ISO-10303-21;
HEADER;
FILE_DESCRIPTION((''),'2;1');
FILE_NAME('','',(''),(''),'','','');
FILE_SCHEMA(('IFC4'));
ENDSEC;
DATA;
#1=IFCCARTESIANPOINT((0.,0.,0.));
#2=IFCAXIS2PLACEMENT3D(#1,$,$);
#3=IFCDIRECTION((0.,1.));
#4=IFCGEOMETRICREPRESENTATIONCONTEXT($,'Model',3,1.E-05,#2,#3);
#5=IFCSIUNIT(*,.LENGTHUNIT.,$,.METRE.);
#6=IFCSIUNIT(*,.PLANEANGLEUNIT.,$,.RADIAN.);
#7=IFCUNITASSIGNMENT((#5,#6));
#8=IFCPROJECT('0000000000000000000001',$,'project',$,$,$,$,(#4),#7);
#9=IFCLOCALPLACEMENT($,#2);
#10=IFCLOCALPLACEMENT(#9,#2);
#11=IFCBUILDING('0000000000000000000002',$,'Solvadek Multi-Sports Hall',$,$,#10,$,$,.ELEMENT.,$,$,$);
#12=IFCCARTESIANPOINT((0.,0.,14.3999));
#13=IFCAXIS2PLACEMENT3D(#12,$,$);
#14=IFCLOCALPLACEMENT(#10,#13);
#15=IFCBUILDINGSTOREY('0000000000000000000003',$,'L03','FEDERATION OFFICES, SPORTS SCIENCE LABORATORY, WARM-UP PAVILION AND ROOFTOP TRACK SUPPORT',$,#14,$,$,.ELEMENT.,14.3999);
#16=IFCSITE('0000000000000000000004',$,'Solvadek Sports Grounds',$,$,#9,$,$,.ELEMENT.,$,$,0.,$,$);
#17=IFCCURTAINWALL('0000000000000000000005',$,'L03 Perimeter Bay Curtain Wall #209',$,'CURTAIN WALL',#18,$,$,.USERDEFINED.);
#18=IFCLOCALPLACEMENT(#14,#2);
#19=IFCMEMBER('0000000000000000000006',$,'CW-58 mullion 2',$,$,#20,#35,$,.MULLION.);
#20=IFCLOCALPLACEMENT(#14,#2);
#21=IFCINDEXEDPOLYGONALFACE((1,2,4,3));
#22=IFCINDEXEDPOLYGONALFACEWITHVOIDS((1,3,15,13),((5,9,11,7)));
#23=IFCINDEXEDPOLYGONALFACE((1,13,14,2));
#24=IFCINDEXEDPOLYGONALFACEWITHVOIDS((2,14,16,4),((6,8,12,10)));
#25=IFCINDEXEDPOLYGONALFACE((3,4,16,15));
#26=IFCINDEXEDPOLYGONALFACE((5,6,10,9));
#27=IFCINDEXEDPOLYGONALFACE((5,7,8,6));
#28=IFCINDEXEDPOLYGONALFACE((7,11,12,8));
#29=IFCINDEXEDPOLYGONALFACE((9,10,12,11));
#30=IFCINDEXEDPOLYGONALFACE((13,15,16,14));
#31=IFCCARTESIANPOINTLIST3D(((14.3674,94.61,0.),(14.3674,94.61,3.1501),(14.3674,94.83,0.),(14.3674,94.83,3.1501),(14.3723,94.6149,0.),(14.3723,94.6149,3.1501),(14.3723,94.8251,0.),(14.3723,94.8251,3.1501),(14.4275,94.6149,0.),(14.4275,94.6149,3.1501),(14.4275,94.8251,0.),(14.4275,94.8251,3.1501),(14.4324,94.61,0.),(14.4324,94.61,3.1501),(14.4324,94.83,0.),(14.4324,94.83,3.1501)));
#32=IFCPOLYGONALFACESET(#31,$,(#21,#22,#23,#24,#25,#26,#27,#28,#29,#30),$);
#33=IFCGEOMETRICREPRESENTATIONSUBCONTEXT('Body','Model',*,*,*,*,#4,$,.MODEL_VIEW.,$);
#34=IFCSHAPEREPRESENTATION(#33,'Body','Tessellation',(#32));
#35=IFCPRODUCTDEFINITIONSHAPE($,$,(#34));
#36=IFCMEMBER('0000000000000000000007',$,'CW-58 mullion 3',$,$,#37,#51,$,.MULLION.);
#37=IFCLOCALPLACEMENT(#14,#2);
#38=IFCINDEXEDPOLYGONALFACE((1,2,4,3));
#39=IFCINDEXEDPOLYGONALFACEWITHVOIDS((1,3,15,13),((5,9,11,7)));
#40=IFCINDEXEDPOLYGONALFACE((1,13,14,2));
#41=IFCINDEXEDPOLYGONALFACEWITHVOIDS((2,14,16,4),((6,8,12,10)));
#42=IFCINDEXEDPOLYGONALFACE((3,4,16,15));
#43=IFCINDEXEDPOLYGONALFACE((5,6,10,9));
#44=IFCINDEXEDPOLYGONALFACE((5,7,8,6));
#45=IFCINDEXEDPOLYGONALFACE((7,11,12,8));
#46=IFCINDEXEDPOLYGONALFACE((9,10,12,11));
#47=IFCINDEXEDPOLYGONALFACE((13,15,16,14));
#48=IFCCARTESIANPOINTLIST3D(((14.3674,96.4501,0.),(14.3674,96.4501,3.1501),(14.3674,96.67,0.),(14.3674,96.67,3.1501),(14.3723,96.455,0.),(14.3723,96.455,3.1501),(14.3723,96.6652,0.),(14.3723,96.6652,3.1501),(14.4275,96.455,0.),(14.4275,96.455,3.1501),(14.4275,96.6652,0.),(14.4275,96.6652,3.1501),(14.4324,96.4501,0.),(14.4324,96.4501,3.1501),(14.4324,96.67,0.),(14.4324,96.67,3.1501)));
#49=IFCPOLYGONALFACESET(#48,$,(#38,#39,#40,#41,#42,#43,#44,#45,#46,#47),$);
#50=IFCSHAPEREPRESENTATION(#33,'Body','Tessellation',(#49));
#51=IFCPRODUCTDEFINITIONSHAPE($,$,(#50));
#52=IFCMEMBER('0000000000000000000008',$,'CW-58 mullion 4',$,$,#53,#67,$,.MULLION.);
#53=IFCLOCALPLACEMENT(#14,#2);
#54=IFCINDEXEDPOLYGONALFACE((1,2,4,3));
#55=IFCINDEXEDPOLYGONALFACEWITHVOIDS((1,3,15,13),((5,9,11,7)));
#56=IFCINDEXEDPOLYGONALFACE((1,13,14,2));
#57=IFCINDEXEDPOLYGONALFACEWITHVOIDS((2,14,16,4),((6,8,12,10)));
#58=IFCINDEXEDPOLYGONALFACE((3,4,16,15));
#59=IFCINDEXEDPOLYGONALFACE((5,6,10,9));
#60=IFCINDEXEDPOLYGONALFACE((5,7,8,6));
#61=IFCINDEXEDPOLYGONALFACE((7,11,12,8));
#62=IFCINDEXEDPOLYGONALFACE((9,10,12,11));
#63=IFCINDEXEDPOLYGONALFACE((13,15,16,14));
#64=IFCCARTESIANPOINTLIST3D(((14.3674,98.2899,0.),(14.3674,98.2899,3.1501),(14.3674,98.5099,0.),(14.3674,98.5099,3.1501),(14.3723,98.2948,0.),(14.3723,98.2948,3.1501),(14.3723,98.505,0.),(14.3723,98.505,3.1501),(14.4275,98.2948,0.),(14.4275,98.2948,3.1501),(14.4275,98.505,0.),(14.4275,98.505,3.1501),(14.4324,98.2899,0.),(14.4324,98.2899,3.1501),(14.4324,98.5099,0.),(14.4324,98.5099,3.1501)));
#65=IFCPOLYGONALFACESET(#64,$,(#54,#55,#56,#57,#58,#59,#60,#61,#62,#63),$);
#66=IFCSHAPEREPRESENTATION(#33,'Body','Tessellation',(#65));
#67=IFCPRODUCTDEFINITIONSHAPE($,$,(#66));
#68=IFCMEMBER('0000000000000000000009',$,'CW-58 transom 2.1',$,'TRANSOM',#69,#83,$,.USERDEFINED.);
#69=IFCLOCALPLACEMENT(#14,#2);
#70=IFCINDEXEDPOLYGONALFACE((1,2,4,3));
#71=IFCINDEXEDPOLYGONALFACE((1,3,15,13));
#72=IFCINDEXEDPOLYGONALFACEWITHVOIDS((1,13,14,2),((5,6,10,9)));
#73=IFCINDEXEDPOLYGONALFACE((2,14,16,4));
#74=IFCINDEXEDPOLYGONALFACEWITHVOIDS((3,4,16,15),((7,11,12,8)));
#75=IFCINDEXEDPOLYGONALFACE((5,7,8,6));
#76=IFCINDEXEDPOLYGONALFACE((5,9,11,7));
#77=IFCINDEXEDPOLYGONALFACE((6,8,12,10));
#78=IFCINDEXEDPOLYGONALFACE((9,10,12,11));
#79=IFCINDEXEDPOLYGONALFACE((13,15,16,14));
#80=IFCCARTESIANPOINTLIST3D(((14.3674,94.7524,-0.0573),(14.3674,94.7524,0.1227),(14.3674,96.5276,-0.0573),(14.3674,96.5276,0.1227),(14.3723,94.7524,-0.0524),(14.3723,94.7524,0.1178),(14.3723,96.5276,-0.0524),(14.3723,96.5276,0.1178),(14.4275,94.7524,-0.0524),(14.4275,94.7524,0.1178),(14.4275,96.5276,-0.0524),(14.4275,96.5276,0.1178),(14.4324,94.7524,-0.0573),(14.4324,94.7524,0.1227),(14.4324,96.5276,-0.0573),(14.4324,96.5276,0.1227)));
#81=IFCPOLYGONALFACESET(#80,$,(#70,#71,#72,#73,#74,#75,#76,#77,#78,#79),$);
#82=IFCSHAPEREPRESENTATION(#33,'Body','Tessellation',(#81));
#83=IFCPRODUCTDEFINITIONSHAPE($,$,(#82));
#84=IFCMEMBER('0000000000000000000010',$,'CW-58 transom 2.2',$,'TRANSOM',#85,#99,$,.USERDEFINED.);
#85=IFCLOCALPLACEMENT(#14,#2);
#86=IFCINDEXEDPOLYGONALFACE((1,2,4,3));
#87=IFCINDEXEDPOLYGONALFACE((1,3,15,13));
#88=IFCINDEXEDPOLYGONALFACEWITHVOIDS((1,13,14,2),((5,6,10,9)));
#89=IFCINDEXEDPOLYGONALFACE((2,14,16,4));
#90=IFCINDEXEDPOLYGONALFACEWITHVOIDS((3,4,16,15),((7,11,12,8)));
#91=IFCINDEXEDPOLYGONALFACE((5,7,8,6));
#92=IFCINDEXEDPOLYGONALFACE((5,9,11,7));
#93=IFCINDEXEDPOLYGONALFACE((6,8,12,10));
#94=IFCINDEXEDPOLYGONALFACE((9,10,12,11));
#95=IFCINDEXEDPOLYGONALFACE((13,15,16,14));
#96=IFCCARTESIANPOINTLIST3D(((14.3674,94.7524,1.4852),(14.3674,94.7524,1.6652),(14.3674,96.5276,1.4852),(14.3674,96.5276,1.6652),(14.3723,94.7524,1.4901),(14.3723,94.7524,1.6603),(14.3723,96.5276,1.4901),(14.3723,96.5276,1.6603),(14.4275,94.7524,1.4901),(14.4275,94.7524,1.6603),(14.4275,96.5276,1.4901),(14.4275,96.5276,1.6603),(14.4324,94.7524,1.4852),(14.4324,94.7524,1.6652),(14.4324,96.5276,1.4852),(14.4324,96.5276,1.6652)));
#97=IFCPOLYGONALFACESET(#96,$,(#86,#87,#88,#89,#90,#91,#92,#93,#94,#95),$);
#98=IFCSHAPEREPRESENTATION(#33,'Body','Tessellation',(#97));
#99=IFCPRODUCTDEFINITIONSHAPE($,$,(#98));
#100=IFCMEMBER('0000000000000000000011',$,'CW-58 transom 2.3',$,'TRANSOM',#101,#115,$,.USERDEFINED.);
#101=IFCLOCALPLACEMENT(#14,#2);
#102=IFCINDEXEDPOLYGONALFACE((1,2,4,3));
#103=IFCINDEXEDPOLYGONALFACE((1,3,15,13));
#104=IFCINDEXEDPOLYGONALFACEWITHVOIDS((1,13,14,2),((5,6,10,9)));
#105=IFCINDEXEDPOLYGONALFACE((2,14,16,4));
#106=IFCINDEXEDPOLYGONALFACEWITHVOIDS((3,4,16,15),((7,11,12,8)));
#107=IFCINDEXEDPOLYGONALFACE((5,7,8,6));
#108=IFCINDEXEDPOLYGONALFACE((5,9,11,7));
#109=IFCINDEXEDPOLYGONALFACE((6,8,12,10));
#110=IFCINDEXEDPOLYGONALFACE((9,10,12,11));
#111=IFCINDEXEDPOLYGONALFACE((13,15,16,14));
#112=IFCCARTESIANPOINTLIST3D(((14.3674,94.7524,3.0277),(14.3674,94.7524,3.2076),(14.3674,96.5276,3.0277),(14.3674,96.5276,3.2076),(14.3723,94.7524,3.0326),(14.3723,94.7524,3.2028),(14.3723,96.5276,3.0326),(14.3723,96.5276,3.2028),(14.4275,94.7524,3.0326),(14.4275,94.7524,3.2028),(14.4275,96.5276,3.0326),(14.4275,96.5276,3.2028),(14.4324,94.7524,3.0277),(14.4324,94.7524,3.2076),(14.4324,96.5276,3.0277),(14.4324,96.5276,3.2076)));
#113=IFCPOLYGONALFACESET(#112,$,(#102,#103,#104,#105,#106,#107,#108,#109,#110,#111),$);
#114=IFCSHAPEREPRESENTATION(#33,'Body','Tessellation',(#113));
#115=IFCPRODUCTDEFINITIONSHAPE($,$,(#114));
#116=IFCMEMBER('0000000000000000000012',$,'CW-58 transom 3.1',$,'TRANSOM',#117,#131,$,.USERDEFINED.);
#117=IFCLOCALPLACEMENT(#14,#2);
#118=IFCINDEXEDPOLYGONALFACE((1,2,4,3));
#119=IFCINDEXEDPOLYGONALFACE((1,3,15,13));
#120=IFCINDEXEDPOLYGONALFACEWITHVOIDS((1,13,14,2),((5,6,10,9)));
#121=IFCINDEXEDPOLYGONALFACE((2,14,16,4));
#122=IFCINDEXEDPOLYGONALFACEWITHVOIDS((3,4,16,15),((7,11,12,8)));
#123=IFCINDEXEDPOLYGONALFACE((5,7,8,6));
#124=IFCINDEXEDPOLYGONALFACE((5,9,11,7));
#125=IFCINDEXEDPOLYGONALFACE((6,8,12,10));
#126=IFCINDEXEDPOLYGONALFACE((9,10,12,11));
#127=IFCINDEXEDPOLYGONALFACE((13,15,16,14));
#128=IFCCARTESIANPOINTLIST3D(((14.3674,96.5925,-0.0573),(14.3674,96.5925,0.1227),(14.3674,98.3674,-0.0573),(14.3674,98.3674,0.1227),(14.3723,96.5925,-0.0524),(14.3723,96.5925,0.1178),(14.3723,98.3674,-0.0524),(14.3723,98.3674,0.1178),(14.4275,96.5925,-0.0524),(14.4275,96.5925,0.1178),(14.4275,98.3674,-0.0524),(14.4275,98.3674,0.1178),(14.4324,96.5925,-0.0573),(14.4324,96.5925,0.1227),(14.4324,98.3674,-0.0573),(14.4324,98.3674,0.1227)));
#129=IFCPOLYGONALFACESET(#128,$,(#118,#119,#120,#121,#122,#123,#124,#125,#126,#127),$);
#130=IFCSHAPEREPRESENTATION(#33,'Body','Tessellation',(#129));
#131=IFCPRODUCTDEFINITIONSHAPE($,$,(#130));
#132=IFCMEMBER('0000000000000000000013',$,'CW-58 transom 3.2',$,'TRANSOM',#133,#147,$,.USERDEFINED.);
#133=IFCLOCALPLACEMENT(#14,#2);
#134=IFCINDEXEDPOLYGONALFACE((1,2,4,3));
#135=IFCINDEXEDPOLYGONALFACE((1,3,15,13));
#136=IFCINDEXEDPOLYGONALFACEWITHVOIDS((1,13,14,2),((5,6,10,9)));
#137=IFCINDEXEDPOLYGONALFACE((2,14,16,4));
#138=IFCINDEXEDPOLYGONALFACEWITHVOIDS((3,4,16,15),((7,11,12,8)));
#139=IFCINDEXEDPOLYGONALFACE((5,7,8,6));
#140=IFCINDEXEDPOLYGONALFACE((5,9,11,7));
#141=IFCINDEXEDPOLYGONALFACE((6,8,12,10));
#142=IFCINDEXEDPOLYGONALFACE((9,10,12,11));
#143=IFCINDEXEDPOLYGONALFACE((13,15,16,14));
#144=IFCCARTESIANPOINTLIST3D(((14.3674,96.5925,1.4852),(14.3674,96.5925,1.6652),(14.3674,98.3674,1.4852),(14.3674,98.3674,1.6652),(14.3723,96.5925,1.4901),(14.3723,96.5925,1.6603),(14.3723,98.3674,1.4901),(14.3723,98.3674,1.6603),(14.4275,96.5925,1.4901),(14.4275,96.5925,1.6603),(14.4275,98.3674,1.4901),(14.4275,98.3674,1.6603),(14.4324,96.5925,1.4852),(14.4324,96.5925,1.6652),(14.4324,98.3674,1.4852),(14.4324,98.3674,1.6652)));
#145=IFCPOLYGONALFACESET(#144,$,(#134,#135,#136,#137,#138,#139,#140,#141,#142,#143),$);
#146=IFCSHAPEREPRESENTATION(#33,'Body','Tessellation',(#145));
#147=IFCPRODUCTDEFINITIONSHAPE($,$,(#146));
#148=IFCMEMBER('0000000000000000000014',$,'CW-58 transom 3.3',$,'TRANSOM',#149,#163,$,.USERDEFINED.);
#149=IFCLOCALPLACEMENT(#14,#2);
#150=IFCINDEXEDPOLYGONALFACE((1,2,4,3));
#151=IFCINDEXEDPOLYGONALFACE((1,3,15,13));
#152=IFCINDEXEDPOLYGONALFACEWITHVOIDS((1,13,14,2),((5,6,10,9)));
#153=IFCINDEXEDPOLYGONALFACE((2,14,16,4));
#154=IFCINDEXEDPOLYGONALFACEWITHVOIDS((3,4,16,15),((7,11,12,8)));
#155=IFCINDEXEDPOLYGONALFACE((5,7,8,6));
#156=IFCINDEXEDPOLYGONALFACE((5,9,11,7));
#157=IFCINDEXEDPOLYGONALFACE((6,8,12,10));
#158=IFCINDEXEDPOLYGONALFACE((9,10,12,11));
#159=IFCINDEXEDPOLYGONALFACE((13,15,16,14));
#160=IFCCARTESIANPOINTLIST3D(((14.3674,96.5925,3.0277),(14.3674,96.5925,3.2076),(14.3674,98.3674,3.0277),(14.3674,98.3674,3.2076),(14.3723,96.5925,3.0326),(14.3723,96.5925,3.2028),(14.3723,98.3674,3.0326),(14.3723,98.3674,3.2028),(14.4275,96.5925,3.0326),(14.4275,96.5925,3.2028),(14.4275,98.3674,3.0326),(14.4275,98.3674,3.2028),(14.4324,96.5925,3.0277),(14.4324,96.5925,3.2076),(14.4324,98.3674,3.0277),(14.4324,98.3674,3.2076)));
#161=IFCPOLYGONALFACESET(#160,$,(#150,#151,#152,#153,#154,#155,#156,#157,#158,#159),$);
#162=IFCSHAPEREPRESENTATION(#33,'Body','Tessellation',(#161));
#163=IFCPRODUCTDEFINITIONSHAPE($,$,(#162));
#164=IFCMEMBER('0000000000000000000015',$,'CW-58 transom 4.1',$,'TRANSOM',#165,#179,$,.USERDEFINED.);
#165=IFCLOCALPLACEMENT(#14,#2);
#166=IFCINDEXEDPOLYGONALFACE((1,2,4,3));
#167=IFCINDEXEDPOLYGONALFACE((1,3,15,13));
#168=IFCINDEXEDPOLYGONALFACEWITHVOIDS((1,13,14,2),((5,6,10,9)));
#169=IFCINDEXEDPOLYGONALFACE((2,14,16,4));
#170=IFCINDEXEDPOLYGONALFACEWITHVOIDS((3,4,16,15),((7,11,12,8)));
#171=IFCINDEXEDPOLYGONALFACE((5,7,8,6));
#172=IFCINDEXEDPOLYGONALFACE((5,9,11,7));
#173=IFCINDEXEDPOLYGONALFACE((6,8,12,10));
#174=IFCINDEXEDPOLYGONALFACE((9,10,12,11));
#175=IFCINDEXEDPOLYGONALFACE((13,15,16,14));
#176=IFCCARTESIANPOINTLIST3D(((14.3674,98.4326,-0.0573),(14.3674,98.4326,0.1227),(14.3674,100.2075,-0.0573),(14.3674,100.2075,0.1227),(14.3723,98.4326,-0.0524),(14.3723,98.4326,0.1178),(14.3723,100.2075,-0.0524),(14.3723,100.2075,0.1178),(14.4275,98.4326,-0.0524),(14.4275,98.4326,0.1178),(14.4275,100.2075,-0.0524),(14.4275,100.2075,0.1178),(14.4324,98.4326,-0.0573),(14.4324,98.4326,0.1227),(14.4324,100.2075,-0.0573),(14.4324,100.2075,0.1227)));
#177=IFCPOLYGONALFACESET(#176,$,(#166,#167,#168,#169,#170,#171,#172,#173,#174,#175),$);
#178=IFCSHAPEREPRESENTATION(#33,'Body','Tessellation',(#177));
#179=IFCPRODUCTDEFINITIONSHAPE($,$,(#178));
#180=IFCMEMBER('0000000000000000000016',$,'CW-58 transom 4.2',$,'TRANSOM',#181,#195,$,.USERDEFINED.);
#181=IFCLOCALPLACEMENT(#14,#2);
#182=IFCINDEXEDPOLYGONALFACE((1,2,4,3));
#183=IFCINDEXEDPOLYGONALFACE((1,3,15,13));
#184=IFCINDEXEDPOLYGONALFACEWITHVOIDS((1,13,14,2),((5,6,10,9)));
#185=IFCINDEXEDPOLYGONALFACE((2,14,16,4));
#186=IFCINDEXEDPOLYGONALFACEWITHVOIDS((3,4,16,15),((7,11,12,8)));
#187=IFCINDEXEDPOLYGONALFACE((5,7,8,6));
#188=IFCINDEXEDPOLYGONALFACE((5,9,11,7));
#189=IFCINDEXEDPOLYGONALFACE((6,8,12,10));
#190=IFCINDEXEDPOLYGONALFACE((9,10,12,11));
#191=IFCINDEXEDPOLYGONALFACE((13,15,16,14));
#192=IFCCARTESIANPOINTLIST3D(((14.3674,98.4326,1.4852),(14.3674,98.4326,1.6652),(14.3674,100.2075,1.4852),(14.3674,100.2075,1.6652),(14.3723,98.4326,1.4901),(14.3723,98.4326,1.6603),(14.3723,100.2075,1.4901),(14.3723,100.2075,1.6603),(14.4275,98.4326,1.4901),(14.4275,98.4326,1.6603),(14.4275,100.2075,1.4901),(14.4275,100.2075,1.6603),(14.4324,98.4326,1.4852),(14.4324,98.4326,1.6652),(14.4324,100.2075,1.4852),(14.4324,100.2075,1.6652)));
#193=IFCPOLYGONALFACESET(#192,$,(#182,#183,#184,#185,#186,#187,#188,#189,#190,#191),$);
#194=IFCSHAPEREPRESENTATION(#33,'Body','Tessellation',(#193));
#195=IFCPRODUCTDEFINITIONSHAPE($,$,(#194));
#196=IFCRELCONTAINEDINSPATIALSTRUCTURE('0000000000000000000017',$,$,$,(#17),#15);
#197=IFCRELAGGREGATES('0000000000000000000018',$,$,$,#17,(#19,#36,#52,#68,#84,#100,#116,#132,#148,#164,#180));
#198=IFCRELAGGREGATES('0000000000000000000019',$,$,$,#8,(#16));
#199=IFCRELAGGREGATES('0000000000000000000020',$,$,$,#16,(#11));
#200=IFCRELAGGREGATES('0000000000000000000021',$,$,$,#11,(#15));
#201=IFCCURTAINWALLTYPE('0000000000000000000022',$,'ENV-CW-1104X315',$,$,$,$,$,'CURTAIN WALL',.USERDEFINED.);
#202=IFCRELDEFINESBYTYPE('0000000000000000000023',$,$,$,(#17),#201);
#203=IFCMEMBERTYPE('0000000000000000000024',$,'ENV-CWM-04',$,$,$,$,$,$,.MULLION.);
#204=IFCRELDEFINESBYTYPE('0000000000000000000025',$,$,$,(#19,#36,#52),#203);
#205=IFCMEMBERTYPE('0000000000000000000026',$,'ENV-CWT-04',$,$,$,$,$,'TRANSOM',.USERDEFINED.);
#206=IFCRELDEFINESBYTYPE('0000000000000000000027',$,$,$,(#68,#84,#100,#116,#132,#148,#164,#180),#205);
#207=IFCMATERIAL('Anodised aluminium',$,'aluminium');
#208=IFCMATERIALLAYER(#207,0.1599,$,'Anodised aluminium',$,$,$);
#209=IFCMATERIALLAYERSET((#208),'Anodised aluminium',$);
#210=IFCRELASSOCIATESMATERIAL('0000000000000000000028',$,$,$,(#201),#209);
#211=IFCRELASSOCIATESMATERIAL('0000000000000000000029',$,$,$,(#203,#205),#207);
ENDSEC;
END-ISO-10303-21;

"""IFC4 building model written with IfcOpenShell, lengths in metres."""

from ifc_helpers import new_model, si_unit, direction, frame, origin, origin_2d, place, context, subcontext, project, spatial, hollow_rectangle, extrude, material, layer, layer_set, material_profile, profile_set, type_object, element, aggregate, save


model = new_model("IFC4")

# Units and contexts
model_context = context("Model", 3, precision=1e-05, world=origin(), true_north=direction((0.0, 1.0)))
body_context = subcontext(model_context, "Body", "Model", "MODEL_VIEW")
ifc_project = project(units=[si_unit("LENGTHUNIT", "METRE"), si_unit("PLANEANGLEUNIT", "RADIAN")], contexts=[model_context])

# Site, building, storey
site_placement = place(None, origin())
site = spatial("IfcSite", under=ifc_project, at=site_placement, Name="Solvadek Sports Grounds", CompositionType="ELEMENT", RefElevation=0.0)
building_placement = place(site_placement, origin())
building = spatial("IfcBuilding", under=site, at=building_placement, Name="Solvadek Multi-Sports Hall", CompositionType="ELEMENT")
storey_placement = place(building_placement, frame((0.0, 0.0, 14.3999)))
storey = spatial("IfcBuildingStorey", under=building, at=storey_placement, Name="L03", Description="FEDERATION OFFICES, SPORTS SCIENCE LABORATORY, WARM-UP PAVILION AND ROOFTOP TRACK SUPPORT", CompositionType="ELEMENT", Elevation=14.3999)

# Curtain wall, members
ifc_material_1 = material(Name="Anodised aluminium", Category="aluminium")
ifc_layer_1 = layer(ifc_material_1, 0.1599, Name="Anodised aluminium")
ifc_layer_set_1 = layer_set([ifc_layer_1], Name="Anodised aluminium")
curtain_wall_type = type_object("IfcCurtainWallType", Name="ENV-CW-1104X315", ElementType="CURTAIN WALL", PredefinedType="USERDEFINED", material=ifc_layer_set_1)
curtain_wall_placement = place(storey_placement, origin())
curtain_wall = element("IfcCurtainWall", 1, at=curtain_wall_placement, inside=storey, type_object=curtain_wall_type, Name="L03 Perimeter Bay Curtain Wall #209", ObjectType="CURTAIN WALL", PredefinedType="USERDEFINED")
ifc_material_profile_1 = material_profile(ifc_material_1, hollow_rectangle(XDim=0.0649, YDim=0.22, WallThickness=0.0049, at=origin_2d()), Name="ALU-M 220x65x5")
ifc_profile_set_1 = profile_set([ifc_material_profile_1], Name="Anodised aluminium")
member_type_1 = type_object("IfcMemberType", Name="ENV-CWM-04", PredefinedType="MULLION", material=ifc_profile_set_1)
member_1_placement = place(storey_placement, frame((14.3999, 94.72, 0.0), z_axis=(0.0, 0.0, 1.0), x_axis=(-1.0, 0.0, 0.0)))
member_1 = element("IfcMember", 2, at=member_1_placement, type_object=member_type_1, Name="CW-58 mullion 2", PredefinedType="MULLION", context=body_context, shape_type="SweptSolid", body=[
    extrude(hollow_rectangle(XDim=0.0649, YDim=0.22, WallThickness=0.0049, at=origin_2d()), origin(), (0.0, 0.0, 1.0), 3.1501),
])
member_2_placement = place(storey_placement, frame((14.3999, 96.5601, 0.0), z_axis=(0.0, 0.0, 1.0), x_axis=(-1.0, 0.0, 0.0)))
member_2 = element("IfcMember", 3, at=member_2_placement, type_object=member_type_1, Name="CW-58 mullion 3", PredefinedType="MULLION", context=body_context, shape_type="SweptSolid", body=[
    extrude(hollow_rectangle(XDim=0.0649, YDim=0.22, WallThickness=0.0049, at=origin_2d()), origin(), (0.0, 0.0, 1.0), 3.1501),
])
member_3_placement = place(storey_placement, frame((14.3999, 98.3999, 0.0), z_axis=(0.0, 0.0, 1.0), x_axis=(-1.0, 0.0, 0.0)))
member_3 = element("IfcMember", 4, at=member_3_placement, type_object=member_type_1, Name="CW-58 mullion 4", PredefinedType="MULLION", context=body_context, shape_type="SweptSolid", body=[
    extrude(hollow_rectangle(XDim=0.0649, YDim=0.22, WallThickness=0.0049, at=origin_2d()), origin(), (0.0, 0.0, 1.0), 3.1501),
])
ifc_material_profile_2 = material_profile(ifc_material_1, hollow_rectangle(XDim=0.0649, YDim=0.1799, WallThickness=0.0049, at=origin_2d()), Name="ALU-T 180x65x5")
ifc_profile_set_2 = profile_set([ifc_material_profile_2], Name="Anodised aluminium")
member_type_2 = type_object("IfcMemberType", Name="ENV-CWT-04", ElementType="TRANSOM", PredefinedType="USERDEFINED", material=ifc_profile_set_2)
member_4_placement = place(storey_placement, frame((14.3999, 94.7524, 0.0327), z_axis=(0.0, 1.0, 0.0), x_axis=(-1.0, 0.0, 0.0)))
member_4 = element("IfcMember", 5, at=member_4_placement, type_object=member_type_2, Name="CW-58 transom 2.1", ObjectType="TRANSOM", PredefinedType="USERDEFINED", context=body_context, shape_type="SweptSolid", body=[
    extrude(hollow_rectangle(XDim=0.0649, YDim=0.1799, WallThickness=0.0049, at=origin_2d()), origin(), (0.0, 0.0, 1.0), 1.7751),
])
member_5_placement = place(storey_placement, frame((14.3999, 94.7524, 1.5752), z_axis=(0.0, 1.0, 0.0), x_axis=(-1.0, 0.0, 0.0)))
member_5 = element("IfcMember", 6, at=member_5_placement, type_object=member_type_2, Name="CW-58 transom 2.2", ObjectType="TRANSOM", PredefinedType="USERDEFINED", context=body_context, shape_type="SweptSolid", body=[
    extrude(hollow_rectangle(XDim=0.0649, YDim=0.1799, WallThickness=0.0049, at=origin_2d()), origin(), (0.0, 0.0, 1.0), 1.7751),
])
member_6_placement = place(storey_placement, frame((14.3999, 94.7524, 3.1177), z_axis=(0.0, 1.0, 0.0), x_axis=(-1.0, 0.0, 0.0)))
member_6 = element("IfcMember", 7, at=member_6_placement, type_object=member_type_2, Name="CW-58 transom 2.3", ObjectType="TRANSOM", PredefinedType="USERDEFINED", context=body_context, shape_type="SweptSolid", body=[
    extrude(hollow_rectangle(XDim=0.0649, YDim=0.1799, WallThickness=0.0049, at=origin_2d()), origin(), (0.0, 0.0, 1.0), 1.7751),
])
member_7_placement = place(storey_placement, frame((14.3999, 96.5925, 0.0327), z_axis=(0.0, 1.0, 0.0), x_axis=(-1.0, 0.0, 0.0)))
member_7 = element("IfcMember", 8, at=member_7_placement, type_object=member_type_2, Name="CW-58 transom 3.1", ObjectType="TRANSOM", PredefinedType="USERDEFINED", context=body_context, shape_type="SweptSolid", body=[
    extrude(hollow_rectangle(XDim=0.0649, YDim=0.1799, WallThickness=0.0049, at=origin_2d()), origin(), (0.0, 0.0, 1.0), 1.7749),
])
member_8_placement = place(storey_placement, frame((14.3999, 96.5925, 1.5752), z_axis=(0.0, 1.0, 0.0), x_axis=(-1.0, 0.0, 0.0)))
member_8 = element("IfcMember", 9, at=member_8_placement, type_object=member_type_2, Name="CW-58 transom 3.2", ObjectType="TRANSOM", PredefinedType="USERDEFINED", context=body_context, shape_type="SweptSolid", body=[
    extrude(hollow_rectangle(XDim=0.0649, YDim=0.1799, WallThickness=0.0049, at=origin_2d()), origin(), (0.0, 0.0, 1.0), 1.7749),
])
member_9_placement = place(storey_placement, frame((14.3999, 96.5925, 3.1177), z_axis=(0.0, 1.0, 0.0), x_axis=(-1.0, 0.0, 0.0)))
member_9 = element("IfcMember", 10, at=member_9_placement, type_object=member_type_2, Name="CW-58 transom 3.3", ObjectType="TRANSOM", PredefinedType="USERDEFINED", context=body_context, shape_type="SweptSolid", body=[
    extrude(hollow_rectangle(XDim=0.0649, YDim=0.1799, WallThickness=0.0049, at=origin_2d()), origin(), (0.0, 0.0, 1.0), 1.7749),
])
member_10_placement = place(storey_placement, frame((14.3999, 98.4326, 0.0327), z_axis=(0.0, 1.0, 0.0), x_axis=(-1.0, 0.0, 0.0)))
member_10 = element("IfcMember", 11, at=member_10_placement, type_object=member_type_2, Name="CW-58 transom 4.1", ObjectType="TRANSOM", PredefinedType="USERDEFINED", context=body_context, shape_type="SweptSolid", body=[
    extrude(hollow_rectangle(XDim=0.0649, YDim=0.1799, WallThickness=0.0049, at=origin_2d()), origin(), (0.0, 0.0, 1.0), 1.7749),
])
member_11_placement = place(storey_placement, frame((14.3999, 98.4326, 1.5752), z_axis=(0.0, 1.0, 0.0), x_axis=(-1.0, 0.0, 0.0)))
member_11 = element("IfcMember", 12, at=member_11_placement, type_object=member_type_2, Name="CW-58 transom 4.2", ObjectType="TRANSOM", PredefinedType="USERDEFINED", context=body_context, shape_type="SweptSolid", body=[
    extrude(hollow_rectangle(XDim=0.0649, YDim=0.1799, WallThickness=0.0049, at=origin_2d()), origin(), (0.0, 0.0, 1.0), 1.7749),
])

aggregate(curtain_wall, [member_1, member_2, member_3, member_4, member_5, member_6, member_7, member_8, member_9, member_10, member_11])

save(model, "model.ifc")
